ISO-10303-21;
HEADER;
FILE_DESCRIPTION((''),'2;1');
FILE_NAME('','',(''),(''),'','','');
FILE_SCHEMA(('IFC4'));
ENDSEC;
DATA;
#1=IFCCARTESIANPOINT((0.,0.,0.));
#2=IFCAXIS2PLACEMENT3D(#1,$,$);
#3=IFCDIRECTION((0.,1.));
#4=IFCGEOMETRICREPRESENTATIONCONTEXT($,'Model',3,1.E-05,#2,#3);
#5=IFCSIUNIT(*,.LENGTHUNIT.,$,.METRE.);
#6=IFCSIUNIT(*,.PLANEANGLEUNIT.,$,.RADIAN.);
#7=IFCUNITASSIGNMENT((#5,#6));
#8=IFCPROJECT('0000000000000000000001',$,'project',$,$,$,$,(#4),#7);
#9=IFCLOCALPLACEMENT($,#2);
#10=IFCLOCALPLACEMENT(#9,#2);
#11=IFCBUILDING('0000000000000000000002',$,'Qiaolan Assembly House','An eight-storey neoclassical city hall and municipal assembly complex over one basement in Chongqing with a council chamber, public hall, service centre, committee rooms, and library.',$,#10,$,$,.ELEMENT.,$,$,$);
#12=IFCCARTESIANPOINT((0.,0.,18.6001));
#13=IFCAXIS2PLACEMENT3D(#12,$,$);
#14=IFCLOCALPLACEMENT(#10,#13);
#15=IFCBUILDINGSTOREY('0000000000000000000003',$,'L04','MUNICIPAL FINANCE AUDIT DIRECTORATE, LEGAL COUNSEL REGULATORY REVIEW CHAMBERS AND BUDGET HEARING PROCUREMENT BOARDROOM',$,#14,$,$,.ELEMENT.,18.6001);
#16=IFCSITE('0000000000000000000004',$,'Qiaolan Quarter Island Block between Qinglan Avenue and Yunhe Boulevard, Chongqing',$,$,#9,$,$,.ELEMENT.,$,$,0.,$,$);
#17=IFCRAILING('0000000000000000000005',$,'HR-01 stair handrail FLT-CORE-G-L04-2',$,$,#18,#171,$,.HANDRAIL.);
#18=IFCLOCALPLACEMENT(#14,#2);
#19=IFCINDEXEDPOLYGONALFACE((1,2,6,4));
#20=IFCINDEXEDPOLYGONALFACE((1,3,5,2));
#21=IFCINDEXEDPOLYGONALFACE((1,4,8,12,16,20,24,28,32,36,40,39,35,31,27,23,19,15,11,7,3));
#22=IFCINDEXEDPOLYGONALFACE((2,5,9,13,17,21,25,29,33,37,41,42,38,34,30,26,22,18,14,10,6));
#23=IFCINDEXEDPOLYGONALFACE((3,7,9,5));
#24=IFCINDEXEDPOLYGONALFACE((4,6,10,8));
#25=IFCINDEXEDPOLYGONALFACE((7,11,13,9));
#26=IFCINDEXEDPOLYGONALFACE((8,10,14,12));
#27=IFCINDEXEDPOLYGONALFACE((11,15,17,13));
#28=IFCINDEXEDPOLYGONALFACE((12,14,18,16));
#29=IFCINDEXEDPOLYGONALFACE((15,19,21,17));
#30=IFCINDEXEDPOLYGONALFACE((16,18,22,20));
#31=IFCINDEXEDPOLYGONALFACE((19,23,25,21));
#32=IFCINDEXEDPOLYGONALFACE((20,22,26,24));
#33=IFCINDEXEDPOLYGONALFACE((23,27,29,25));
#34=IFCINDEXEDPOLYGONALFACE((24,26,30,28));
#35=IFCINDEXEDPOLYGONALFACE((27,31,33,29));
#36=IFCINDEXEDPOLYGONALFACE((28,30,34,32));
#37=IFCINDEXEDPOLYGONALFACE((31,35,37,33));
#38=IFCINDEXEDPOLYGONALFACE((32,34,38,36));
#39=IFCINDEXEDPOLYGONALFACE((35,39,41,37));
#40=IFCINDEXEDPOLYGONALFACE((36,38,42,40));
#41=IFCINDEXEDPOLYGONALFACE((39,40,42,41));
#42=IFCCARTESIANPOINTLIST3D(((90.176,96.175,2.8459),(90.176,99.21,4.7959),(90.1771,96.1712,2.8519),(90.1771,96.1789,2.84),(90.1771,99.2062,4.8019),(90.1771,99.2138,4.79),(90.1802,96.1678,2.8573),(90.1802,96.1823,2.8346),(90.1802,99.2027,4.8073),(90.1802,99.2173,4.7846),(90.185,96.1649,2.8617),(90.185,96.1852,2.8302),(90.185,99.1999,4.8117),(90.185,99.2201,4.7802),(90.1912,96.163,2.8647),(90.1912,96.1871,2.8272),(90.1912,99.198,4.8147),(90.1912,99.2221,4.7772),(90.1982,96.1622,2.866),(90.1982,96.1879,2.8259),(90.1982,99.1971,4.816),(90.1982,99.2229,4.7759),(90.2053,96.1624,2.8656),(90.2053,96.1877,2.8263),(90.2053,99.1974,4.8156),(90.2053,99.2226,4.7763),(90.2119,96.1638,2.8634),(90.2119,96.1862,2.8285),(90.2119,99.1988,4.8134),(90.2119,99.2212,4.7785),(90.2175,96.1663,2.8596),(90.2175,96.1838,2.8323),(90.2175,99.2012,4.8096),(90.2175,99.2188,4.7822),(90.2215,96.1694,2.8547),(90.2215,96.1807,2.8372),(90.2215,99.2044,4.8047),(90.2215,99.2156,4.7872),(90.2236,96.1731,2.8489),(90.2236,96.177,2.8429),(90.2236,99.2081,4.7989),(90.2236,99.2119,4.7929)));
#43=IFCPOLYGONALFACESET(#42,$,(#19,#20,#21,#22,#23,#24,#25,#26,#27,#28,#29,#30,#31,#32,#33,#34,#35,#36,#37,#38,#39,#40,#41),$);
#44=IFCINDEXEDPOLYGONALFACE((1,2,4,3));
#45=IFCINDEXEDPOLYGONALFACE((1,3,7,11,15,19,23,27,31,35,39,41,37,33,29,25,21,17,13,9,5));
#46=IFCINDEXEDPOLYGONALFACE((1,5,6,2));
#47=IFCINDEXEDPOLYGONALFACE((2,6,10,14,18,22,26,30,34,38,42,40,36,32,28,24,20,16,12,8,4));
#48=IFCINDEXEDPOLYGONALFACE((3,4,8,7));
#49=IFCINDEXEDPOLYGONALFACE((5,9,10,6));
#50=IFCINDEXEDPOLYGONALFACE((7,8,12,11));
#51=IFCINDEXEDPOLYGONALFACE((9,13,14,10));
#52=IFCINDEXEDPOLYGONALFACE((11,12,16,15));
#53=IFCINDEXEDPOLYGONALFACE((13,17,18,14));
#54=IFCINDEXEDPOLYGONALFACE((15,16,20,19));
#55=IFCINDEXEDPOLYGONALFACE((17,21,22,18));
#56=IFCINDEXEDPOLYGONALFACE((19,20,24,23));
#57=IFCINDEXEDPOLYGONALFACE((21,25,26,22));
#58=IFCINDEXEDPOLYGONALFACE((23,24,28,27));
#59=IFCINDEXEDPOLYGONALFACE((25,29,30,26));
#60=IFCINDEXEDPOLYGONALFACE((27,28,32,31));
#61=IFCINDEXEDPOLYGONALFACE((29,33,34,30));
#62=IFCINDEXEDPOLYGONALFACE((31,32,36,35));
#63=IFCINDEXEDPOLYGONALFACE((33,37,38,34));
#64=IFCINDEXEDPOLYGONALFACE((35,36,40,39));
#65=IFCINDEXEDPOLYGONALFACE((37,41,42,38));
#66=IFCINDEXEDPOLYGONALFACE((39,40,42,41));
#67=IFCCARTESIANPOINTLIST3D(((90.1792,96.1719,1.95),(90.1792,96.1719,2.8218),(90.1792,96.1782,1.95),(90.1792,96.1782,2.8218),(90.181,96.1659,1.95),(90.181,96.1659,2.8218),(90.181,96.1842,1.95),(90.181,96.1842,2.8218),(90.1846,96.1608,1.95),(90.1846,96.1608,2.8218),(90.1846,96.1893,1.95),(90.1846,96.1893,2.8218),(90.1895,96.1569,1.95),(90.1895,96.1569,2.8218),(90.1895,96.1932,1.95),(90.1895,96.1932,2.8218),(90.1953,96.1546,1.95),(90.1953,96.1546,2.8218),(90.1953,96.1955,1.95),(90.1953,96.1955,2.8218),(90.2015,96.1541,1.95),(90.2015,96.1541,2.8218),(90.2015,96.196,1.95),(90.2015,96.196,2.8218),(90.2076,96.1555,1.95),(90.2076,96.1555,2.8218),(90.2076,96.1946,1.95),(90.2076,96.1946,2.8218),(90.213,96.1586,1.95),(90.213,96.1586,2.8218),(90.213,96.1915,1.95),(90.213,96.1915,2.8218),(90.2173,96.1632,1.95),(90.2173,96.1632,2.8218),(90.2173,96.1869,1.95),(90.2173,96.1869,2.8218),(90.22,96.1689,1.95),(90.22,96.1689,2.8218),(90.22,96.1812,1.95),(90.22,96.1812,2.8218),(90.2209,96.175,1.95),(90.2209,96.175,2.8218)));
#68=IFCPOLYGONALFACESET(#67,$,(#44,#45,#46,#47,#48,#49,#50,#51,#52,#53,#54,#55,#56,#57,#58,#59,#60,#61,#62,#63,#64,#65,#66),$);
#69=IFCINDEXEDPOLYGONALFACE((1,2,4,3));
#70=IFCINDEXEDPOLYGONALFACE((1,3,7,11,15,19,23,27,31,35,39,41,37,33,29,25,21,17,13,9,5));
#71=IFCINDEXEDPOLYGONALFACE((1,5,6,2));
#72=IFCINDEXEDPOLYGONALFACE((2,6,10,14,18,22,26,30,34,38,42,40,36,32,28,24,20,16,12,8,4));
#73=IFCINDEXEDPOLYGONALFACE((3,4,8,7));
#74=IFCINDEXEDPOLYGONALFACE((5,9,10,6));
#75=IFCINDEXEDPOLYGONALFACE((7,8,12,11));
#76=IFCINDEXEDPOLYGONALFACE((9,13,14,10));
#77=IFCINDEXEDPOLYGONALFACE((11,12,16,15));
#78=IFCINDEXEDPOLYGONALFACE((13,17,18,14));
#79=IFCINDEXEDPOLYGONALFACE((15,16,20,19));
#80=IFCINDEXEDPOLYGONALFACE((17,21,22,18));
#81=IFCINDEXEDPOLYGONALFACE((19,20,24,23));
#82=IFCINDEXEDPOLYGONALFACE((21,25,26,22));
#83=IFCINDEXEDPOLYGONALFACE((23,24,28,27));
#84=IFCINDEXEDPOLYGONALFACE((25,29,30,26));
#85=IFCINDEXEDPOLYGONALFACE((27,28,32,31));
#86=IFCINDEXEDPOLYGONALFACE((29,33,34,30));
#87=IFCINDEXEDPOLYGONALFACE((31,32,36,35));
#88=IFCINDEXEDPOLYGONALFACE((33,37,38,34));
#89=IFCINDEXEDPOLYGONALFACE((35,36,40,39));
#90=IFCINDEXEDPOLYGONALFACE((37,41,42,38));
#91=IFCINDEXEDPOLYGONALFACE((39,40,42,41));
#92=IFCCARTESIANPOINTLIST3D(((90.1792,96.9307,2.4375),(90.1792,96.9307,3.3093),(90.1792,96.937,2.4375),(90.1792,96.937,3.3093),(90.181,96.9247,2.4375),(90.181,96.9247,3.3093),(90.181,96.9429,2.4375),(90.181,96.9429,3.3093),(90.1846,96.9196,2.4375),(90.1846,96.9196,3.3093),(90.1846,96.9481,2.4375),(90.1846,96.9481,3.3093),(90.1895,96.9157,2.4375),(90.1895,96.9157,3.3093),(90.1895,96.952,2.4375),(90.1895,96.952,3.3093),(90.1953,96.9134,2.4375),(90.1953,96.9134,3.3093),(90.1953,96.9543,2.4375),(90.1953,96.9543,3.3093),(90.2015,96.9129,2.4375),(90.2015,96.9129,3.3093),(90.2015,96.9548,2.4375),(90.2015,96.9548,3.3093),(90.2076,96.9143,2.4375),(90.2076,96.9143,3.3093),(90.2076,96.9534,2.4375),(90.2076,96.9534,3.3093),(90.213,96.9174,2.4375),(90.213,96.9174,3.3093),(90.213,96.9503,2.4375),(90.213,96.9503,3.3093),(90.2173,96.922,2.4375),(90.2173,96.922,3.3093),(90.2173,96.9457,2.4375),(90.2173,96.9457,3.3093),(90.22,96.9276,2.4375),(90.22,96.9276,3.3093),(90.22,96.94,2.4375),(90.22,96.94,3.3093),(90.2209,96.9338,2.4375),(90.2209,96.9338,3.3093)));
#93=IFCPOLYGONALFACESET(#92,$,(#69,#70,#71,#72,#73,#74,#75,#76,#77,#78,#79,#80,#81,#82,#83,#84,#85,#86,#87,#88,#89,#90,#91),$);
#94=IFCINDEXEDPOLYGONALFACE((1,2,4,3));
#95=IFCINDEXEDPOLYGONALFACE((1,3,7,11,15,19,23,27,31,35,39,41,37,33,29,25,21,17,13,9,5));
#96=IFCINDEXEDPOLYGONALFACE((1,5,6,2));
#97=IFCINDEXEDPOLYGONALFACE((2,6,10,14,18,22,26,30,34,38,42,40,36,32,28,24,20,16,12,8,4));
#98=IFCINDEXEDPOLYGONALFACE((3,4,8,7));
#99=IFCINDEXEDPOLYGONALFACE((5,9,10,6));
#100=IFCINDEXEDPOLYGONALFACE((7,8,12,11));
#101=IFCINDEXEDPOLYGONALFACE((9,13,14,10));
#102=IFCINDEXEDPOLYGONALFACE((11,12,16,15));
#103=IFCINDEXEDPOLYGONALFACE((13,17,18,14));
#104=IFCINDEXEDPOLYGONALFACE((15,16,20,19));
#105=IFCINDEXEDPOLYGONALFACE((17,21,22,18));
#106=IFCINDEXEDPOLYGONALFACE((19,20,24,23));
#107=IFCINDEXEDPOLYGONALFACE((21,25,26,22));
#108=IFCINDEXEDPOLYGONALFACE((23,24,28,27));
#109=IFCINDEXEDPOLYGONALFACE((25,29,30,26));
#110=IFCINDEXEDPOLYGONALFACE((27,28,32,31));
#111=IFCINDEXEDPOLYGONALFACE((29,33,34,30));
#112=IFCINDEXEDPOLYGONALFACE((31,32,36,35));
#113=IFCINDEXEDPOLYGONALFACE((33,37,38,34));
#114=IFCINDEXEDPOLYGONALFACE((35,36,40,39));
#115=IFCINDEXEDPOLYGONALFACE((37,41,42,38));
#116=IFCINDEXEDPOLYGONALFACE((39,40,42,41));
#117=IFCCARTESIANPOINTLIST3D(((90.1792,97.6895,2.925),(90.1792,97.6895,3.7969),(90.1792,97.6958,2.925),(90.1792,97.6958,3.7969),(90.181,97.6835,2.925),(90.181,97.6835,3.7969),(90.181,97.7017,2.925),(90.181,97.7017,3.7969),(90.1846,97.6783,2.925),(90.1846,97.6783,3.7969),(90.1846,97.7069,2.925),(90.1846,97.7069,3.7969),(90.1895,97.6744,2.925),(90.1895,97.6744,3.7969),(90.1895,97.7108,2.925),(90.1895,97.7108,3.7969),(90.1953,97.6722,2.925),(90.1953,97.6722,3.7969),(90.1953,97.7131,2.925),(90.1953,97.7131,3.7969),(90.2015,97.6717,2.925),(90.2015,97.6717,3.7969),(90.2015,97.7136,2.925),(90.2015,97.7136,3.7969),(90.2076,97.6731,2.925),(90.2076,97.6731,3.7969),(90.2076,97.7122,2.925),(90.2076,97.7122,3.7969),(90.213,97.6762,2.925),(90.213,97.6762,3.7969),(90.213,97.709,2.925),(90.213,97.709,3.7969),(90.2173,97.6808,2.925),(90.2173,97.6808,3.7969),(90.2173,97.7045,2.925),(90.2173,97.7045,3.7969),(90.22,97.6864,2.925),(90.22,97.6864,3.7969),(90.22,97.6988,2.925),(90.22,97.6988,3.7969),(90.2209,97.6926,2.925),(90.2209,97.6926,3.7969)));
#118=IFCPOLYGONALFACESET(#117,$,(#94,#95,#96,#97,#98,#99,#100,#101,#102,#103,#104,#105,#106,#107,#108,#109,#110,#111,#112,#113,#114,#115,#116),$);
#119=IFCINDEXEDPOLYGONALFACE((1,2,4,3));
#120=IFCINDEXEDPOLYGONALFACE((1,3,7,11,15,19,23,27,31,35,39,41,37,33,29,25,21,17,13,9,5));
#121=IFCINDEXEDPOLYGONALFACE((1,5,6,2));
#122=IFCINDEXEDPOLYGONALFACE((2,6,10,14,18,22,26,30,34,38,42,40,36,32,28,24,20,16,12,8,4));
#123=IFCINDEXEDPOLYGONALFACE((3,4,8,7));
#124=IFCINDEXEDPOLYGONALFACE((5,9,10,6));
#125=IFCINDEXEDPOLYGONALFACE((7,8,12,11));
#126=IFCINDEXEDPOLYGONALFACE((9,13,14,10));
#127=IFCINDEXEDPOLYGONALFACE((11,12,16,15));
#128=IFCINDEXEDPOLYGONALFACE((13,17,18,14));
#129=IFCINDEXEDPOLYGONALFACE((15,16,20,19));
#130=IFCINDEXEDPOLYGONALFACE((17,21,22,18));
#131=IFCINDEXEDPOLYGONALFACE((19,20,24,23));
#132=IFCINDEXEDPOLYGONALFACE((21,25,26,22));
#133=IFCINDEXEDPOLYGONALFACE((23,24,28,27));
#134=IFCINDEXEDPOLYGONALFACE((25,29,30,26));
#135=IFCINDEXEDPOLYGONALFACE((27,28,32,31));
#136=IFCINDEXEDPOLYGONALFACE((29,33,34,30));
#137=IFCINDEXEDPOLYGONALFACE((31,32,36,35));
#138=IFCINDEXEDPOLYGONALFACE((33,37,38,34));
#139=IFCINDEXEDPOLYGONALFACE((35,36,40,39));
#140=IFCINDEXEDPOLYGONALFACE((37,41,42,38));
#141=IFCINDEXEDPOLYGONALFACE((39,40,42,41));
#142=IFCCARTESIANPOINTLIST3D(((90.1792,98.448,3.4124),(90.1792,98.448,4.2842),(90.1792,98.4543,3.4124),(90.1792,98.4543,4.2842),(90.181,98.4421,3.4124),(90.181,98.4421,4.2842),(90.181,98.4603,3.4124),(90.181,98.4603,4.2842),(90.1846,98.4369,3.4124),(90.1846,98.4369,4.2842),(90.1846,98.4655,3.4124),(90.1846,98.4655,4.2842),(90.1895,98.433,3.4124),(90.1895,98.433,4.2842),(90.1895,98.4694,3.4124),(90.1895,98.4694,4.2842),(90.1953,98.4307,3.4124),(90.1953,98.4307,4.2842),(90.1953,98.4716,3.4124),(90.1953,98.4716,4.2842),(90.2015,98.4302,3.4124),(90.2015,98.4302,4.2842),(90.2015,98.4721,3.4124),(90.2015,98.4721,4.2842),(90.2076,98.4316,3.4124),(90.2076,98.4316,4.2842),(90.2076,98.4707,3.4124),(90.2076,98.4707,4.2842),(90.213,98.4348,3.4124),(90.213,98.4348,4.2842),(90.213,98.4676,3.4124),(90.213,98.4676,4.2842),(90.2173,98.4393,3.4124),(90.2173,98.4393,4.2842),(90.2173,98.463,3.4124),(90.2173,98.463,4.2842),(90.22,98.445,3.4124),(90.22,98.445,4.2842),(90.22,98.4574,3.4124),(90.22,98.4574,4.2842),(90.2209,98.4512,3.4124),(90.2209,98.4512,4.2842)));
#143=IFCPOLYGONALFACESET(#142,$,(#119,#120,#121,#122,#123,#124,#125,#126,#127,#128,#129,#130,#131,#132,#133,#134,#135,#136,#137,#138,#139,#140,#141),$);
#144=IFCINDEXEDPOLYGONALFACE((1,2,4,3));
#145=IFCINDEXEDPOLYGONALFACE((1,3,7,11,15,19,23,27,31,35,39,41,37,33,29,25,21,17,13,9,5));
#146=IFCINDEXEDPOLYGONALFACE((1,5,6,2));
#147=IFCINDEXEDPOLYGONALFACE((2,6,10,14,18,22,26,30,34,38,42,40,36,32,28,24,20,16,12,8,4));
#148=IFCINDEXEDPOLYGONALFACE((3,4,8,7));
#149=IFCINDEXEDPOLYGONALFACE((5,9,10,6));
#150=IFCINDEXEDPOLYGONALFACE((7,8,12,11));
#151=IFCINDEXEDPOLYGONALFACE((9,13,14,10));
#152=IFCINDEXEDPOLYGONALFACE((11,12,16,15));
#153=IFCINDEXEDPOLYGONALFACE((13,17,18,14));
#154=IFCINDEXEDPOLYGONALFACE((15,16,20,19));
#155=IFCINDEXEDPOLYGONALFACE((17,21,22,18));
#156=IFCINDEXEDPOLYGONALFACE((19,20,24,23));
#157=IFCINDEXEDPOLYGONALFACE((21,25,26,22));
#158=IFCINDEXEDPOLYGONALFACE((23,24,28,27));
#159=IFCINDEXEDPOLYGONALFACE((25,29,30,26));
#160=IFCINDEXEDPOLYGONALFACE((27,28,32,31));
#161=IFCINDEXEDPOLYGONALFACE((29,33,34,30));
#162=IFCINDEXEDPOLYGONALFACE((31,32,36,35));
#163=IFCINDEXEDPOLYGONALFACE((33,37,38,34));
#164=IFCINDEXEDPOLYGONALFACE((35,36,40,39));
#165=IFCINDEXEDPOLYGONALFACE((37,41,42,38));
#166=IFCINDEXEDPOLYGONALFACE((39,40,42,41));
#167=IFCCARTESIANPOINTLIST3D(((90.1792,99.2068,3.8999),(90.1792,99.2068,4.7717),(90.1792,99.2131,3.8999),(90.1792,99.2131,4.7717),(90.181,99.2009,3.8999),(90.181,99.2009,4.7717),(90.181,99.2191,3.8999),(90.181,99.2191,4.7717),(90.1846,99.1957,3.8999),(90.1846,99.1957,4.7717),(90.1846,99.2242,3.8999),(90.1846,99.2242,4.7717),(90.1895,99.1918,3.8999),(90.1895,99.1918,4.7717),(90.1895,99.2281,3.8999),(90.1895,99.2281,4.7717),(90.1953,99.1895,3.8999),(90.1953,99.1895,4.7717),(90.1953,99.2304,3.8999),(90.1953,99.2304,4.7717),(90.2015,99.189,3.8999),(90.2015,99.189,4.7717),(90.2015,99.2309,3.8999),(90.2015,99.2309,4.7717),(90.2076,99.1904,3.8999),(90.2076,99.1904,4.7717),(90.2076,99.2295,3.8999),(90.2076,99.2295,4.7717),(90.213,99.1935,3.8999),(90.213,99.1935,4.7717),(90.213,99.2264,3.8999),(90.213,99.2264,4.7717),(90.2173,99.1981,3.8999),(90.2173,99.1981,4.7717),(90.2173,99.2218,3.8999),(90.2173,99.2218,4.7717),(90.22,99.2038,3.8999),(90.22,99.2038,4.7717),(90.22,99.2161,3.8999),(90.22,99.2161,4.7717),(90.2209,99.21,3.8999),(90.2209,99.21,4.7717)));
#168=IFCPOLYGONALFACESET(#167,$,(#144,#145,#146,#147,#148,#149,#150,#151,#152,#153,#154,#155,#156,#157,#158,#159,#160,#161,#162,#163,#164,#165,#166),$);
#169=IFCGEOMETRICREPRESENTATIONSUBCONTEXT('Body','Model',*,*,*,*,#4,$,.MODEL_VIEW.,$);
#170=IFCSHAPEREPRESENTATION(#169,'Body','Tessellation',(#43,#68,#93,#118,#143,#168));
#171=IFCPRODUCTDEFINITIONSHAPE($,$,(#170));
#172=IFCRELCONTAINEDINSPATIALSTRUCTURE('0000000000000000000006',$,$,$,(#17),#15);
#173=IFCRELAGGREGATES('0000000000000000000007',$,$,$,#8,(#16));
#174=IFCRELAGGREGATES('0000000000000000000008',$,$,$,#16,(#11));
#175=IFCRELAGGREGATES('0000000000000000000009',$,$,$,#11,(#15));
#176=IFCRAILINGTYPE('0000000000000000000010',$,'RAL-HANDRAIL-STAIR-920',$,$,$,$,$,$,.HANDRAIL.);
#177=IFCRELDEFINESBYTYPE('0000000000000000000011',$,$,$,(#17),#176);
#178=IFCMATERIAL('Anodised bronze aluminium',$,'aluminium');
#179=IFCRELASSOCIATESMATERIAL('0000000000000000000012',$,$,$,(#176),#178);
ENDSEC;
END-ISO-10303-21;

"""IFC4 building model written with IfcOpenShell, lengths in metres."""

from ifc_helpers import new_model, si_unit, direction, frame, origin, origin_2d, place, context, subcontext, project, spatial, circle, extrude, material, type_object, element, save


model = new_model("IFC4")

# Units and contexts
model_context = context("Model", 3, precision=1e-05, world=origin(), true_north=direction((0.0, 1.0)))
body_context = subcontext(model_context, "Body", "Model", "MODEL_VIEW")
ifc_project = project(units=[si_unit("LENGTHUNIT", "METRE"), si_unit("PLANEANGLEUNIT", "RADIAN")], contexts=[model_context])

# Site, building, storey
site_placement = place(None, origin())
site = spatial("IfcSite", under=ifc_project, at=site_placement, Name="Qiaolan Quarter Island Block between Qinglan Avenue and Yunhe Boulevard, Chongqing", CompositionType="ELEMENT", RefElevation=0.0)
building_placement = place(site_placement, origin())
building = spatial("IfcBuilding", under=site, at=building_placement, Name="Qiaolan Assembly House", Description="An eight-storey neoclassical city hall and municipal assembly complex over one basement in Chongqing with a council chamber, public hall, service centre, committee rooms, and library.", CompositionType="ELEMENT")
storey_placement = place(building_placement, frame((0.0, 0.0, 18.6001)))
storey = spatial("IfcBuildingStorey", under=building, at=storey_placement, Name="L04", Description="MUNICIPAL FINANCE AUDIT DIRECTORATE, LEGAL COUNSEL REGULATORY REVIEW CHAMBERS AND BUDGET HEARING PROCUREMENT BOARDROOM", CompositionType="ELEMENT", Elevation=18.6001)

# Railing
ifc_material_1 = material(Name="Anodised bronze aluminium", Category="aluminium")
railing_type_1 = type_object("IfcRailingType", Name="RAL-HANDRAIL-STAIR-920", PredefinedType="HANDRAIL", material=ifc_material_1)
railing_1_placement = place(storey_placement, frame((90.2, 96.175, 1.95)))
element("IfcRailing", 1, at=railing_1_placement, inside=storey, type_object=railing_type_1, Name="HR-01 stair handrail FLT-CORE-G-L04-2", PredefinedType="HANDRAIL", context=body_context, shape_type="SweptSolid", body=[
    extrude(circle(Radius=0.0239, at=origin_2d()), frame((0.0, 0.0, 0.896), z_axis=(0.0, 0.841313, 0.540549), x_axis=(-1.0, 0.0, 0.0)), (0.0, 0.0, 1.0), 3.6074),
    extrude(circle(Radius=0.021, at=origin_2d()), origin(), (0.0, 0.0, 1.0), 0.8718),
    extrude(circle(Radius=0.021, at=origin_2d()), frame((0.0, 0.7588, 0.4875)), (0.0, 0.0, 1.0), 0.8718),
    extrude(circle(Radius=0.021, at=origin_2d()), frame((0.0, 1.5176, 0.9751)), (0.0, 0.0, 1.0), 0.8718),
    extrude(circle(Radius=0.021, at=origin_2d()), frame((0.0, 2.2761, 1.4624)), (0.0, 0.0, 1.0), 0.8718),
    extrude(circle(Radius=0.021, at=origin_2d()), frame((0.0, 3.0349, 1.95)), (0.0, 0.0, 1.0), 0.8718),
])

save(model, "model.ifc")
